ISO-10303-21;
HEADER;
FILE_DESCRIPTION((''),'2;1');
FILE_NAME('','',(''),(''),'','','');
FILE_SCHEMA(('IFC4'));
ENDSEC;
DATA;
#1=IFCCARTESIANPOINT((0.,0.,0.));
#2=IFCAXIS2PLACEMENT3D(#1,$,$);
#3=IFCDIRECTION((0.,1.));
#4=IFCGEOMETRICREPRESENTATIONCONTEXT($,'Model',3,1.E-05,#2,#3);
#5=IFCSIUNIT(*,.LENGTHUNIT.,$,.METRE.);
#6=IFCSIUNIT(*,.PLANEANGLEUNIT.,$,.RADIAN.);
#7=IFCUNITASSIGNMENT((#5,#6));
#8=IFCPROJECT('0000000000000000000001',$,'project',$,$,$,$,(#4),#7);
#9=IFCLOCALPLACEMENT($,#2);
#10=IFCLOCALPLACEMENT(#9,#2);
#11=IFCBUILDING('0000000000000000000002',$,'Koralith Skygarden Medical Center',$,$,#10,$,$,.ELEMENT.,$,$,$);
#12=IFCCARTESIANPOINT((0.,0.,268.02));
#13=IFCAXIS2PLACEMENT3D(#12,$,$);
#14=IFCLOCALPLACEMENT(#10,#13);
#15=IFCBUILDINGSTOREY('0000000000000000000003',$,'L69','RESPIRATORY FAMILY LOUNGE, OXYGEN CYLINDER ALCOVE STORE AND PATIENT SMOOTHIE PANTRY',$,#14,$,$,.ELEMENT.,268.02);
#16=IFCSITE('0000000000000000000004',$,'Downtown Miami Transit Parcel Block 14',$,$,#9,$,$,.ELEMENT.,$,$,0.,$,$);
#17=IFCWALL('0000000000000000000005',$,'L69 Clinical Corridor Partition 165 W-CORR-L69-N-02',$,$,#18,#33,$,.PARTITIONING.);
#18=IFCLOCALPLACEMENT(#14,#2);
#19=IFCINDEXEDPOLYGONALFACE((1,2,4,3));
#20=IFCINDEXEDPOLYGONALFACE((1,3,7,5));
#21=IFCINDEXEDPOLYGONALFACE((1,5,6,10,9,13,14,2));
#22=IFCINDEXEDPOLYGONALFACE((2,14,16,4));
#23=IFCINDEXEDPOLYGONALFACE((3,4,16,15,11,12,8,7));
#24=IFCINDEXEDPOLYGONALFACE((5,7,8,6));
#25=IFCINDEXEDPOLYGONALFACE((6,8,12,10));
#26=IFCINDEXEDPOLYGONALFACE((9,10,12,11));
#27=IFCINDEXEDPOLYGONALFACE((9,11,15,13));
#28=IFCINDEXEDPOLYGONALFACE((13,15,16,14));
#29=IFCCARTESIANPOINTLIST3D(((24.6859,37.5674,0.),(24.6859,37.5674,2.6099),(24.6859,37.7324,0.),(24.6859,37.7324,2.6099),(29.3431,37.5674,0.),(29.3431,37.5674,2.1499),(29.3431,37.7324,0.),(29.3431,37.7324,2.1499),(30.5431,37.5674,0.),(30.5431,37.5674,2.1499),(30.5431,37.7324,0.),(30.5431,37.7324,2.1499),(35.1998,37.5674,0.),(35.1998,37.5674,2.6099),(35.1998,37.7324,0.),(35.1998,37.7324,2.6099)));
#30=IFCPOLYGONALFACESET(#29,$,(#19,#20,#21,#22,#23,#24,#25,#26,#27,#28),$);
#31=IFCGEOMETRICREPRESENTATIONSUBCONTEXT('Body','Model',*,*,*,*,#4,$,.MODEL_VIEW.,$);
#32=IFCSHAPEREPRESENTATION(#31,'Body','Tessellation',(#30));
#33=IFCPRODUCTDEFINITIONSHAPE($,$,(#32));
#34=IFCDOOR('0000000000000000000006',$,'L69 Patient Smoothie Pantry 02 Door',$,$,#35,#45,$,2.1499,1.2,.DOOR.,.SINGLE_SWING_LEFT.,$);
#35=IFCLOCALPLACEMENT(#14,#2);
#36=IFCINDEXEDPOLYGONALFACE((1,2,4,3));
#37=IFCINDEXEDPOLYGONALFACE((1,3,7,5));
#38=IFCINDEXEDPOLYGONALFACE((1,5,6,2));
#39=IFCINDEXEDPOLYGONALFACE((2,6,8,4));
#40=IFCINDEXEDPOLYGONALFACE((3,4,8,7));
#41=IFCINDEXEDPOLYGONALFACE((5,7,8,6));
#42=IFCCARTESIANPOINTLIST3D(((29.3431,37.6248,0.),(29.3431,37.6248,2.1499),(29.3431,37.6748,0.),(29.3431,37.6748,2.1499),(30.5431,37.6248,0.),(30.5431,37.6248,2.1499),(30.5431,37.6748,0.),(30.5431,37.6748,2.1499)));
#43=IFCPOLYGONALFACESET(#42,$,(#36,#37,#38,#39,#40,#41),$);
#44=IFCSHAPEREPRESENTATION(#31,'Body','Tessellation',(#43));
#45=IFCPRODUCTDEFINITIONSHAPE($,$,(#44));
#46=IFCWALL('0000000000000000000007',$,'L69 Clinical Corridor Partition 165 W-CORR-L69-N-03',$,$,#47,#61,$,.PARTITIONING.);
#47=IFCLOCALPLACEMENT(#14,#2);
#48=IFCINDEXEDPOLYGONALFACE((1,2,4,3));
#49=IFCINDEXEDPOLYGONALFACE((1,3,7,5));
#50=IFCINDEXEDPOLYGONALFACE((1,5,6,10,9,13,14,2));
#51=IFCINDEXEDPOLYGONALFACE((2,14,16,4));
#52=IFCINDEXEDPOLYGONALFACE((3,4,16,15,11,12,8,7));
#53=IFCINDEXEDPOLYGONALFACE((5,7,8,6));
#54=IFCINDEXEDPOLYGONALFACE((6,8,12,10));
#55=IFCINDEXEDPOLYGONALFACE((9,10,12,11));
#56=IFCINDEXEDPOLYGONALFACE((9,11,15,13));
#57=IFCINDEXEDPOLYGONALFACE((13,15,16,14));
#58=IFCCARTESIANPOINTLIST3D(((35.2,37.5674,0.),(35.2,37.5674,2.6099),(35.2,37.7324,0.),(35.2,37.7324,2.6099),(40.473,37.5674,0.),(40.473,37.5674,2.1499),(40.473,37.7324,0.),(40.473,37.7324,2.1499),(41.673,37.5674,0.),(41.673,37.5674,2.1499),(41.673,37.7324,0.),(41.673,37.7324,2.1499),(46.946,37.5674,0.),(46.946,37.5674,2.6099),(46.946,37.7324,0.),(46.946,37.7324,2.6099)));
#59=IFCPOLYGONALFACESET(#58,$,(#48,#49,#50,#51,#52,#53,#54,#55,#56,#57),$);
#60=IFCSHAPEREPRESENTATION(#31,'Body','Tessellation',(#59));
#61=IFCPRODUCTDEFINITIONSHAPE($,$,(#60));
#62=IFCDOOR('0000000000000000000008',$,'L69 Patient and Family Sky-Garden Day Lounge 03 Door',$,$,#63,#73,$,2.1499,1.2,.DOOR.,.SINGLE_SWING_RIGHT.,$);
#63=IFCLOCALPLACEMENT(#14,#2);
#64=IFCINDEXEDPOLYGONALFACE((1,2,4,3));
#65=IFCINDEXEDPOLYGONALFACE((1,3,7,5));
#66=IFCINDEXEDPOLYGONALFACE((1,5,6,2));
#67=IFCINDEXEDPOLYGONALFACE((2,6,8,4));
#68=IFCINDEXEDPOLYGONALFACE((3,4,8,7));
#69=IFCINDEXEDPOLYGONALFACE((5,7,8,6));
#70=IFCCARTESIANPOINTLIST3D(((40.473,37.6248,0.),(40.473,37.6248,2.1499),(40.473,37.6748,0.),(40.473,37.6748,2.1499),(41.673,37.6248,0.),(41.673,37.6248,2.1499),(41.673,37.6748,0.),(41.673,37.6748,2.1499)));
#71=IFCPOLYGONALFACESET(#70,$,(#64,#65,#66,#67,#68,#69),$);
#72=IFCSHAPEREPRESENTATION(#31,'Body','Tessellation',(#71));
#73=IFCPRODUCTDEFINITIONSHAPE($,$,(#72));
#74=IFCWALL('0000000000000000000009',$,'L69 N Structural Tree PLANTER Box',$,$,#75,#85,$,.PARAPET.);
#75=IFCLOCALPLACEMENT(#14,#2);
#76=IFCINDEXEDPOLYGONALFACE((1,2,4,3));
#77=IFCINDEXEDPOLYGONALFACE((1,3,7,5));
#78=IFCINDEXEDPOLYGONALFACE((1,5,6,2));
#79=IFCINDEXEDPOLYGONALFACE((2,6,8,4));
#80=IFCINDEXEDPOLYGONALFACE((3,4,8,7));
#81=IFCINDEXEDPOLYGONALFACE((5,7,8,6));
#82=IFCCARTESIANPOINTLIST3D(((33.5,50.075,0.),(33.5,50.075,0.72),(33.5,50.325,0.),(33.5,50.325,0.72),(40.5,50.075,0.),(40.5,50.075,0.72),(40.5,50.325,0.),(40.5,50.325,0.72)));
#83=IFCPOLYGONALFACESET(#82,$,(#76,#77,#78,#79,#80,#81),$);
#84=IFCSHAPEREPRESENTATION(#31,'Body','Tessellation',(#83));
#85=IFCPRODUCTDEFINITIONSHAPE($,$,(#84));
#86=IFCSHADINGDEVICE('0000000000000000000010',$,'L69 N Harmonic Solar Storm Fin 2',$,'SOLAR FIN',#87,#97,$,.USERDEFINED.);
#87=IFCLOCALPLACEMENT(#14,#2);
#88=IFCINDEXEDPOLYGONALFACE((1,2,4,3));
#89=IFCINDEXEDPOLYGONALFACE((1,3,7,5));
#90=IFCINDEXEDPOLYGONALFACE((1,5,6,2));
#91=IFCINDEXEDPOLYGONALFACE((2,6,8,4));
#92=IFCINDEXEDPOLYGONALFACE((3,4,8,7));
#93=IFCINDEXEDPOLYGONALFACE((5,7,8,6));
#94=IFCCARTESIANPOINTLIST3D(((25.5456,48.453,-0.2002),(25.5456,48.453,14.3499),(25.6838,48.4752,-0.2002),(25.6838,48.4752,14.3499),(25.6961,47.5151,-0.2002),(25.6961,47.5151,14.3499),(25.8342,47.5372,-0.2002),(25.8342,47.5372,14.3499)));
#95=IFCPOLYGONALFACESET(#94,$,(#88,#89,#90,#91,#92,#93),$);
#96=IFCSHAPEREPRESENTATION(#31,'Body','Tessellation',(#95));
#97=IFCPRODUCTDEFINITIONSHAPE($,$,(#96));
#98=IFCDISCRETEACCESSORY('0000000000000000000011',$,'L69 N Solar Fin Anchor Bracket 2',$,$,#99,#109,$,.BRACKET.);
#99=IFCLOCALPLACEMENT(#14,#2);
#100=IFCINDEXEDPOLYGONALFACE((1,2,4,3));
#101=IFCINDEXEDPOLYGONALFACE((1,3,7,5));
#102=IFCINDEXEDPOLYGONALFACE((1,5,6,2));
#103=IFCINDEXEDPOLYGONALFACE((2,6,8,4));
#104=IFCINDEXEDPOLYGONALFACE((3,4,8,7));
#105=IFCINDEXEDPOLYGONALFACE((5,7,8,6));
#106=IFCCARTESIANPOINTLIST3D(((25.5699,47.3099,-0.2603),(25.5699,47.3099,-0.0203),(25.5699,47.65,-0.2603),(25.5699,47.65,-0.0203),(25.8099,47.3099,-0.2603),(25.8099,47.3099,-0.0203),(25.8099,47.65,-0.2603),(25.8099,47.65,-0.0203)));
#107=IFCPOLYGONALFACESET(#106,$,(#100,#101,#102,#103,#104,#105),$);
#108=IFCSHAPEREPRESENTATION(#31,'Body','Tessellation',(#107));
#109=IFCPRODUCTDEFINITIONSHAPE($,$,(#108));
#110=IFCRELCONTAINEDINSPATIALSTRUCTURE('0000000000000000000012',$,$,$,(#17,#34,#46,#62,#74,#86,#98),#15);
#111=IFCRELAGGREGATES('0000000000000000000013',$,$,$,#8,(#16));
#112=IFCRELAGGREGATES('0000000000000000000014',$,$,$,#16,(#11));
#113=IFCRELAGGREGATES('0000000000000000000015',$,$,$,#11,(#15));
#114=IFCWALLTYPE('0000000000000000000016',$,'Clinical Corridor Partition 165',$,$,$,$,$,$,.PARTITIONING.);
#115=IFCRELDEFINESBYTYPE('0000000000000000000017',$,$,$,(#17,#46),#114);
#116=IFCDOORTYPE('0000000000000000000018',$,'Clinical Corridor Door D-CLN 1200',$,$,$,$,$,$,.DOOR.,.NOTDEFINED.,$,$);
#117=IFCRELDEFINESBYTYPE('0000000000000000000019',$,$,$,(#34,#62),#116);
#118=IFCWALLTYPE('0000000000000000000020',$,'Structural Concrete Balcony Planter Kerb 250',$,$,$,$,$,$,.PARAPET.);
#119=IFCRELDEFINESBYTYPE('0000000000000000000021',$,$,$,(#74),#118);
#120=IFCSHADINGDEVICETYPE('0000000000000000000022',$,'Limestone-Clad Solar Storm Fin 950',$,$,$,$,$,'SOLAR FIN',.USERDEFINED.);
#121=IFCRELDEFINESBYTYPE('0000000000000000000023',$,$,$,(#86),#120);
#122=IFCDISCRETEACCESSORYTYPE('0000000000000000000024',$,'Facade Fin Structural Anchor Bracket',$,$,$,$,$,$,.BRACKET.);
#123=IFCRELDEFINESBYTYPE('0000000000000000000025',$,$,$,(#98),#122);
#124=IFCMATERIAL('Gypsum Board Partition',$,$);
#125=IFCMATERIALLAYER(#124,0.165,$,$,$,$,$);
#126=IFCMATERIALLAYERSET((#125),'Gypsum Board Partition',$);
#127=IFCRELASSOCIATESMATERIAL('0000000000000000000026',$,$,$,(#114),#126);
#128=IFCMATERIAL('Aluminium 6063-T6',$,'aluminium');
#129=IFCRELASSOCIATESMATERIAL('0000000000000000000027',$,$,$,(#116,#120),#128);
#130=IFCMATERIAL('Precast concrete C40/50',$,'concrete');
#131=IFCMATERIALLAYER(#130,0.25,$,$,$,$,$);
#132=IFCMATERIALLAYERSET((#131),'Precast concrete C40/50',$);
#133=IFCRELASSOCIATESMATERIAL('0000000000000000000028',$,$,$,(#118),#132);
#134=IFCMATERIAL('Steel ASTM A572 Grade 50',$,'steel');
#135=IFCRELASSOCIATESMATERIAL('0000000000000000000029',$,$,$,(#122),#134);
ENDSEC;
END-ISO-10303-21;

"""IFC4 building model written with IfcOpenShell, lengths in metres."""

from ifc_helpers import new_model, si_unit, direction, frame, frame_2d, origin, origin_2d, place, context, subcontext, project, spatial, rectangle, extrude, material, layer, layer_set, type_object, element, fill, save


model = new_model("IFC4")

# Units and contexts
model_context = context("Model", 3, precision=1e-05, world=origin(), true_north=direction((0.0, 1.0)))
body_context = subcontext(model_context, "Body", "Model", "MODEL_VIEW")
ifc_project = project(units=[si_unit("LENGTHUNIT", "METRE"), si_unit("PLANEANGLEUNIT", "RADIAN")], contexts=[model_context])

# Site, building, storey
site_placement = place(None, origin())
site = spatial("IfcSite", under=ifc_project, at=site_placement, Name="Downtown Miami Transit Parcel Block 14", CompositionType="ELEMENT", RefElevation=0.0)
building_placement = place(site_placement, origin())
building = spatial("IfcBuilding", under=site, at=building_placement, Name="Koralith Skygarden Medical Center", CompositionType="ELEMENT")
storey_placement = place(building_placement, frame((0.0, 0.0, 268.02)))
storey = spatial("IfcBuildingStorey", under=building, at=storey_placement, Name="L69", Description="RESPIRATORY FAMILY LOUNGE, OXYGEN CYLINDER ALCOVE STORE AND PATIENT SMOOTHIE PANTRY", CompositionType="ELEMENT", Elevation=268.02)

# Shared definitions
ifc_material_1 = material(Name="Aluminium 6063-T6", Category="aluminium")

# Shared definitions
ifc_material_2 = material(Name="Gypsum Board Partition")

# Walls, openings, doors
ifc_layer_1 = layer(ifc_material_2, 0.165)
ifc_layer_set_1 = layer_set([ifc_layer_1], Name="Gypsum Board Partition")
wall_type_1 = type_object("IfcWallType", Name="Clinical Corridor Partition 165", PredefinedType="PARTITIONING", material=ifc_layer_set_1)
door_type = type_object("IfcDoorType", Name="Clinical Corridor Door D-CLN 1200", OperationType="NOTDEFINED", PredefinedType="DOOR", material=ifc_material_1)
wall_1_placement = place(storey_placement, frame((24.686, 37.6499, 0.0), z_axis=(0.0, 0.0, 1.0), x_axis=(1.0, 0.0, 0.0)))
wall_1 = element("IfcWall", 1, at=wall_1_placement, inside=storey, type_object=wall_type_1, Name="L69 Clinical Corridor Partition 165 W-CORR-L69-N-02", PredefinedType="PARTITIONING", context=body_context, shape_type="SweptSolid", body=[
    extrude(rectangle(XDim=10.5139, YDim=0.165, at=frame_2d((5.2568, 0.0))), origin(), (0.0, 0.0, 1.0), 2.6099),
])
opening_1_placement = place(wall_1_placement, frame((4.657, 0.0, 0.0)))
opening_1 = element("IfcOpeningElement", 2, at=opening_1_placement, cuts=wall_1, PredefinedType="OPENING", context=body_context, shape_type="SweptSolid", body=[
    extrude(rectangle(XDim=1.2, YDim=2.1499, at=frame_2d((0.6001, 1.075))), frame((0.0, 0.0925, 0.0), z_axis=(0.0, -1.0, 0.0), x_axis=(1.0, 0.0, 0.0)), (0.0, 0.0, 1.0), 0.1851),
])
door_1_placement = place(opening_1_placement, origin())
door_1 = element("IfcDoor", 3, at=door_1_placement, inside=storey, type_object=door_type, Name="L69 Patient Smoothie Pantry 02 Door", OperationType="SINGLE_SWING_LEFT", OverallHeight=2.1499, OverallWidth=1.2, PredefinedType="DOOR", context=body_context, shape_type="SweptSolid", body=[
    extrude(rectangle(XDim=1.2, YDim=2.1499, at=frame_2d((0.6001, 1.075))), frame((0.0, 0.0249, 0.0), z_axis=(0.0, -1.0, 0.0), x_axis=(1.0, 0.0, 0.0)), (0.0, 0.0, 1.0), 0.05),
])
fill(opening_1, door_1)
wall_2_placement = place(storey_placement, frame((35.2, 37.6499, 0.0), z_axis=(0.0, 0.0, 1.0), x_axis=(1.0, 0.0, 0.0)))
wall_2 = element("IfcWall", 4, at=wall_2_placement, inside=storey, type_object=wall_type_1, Name="L69 Clinical Corridor Partition 165 W-CORR-L69-N-03", PredefinedType="PARTITIONING", context=body_context, shape_type="SweptSolid", body=[
    extrude(rectangle(XDim=11.7461, YDim=0.165, at=frame_2d((5.873, 0.0))), origin(), (0.0, 0.0, 1.0), 2.6099),
])
opening_2_placement = place(wall_2_placement, frame((5.2729, 0.0, 0.0)))
opening_2 = element("IfcOpeningElement", 5, at=opening_2_placement, cuts=wall_2, PredefinedType="OPENING", context=body_context, shape_type="SweptSolid", body=[
    extrude(rectangle(XDim=1.2, YDim=2.1499, at=frame_2d((0.6001, 1.075))), frame((0.0, 0.0925, 0.0), z_axis=(0.0, -1.0, 0.0), x_axis=(1.0, 0.0, 0.0)), (0.0, 0.0, 1.0), 0.1851),
])
door_2_placement = place(opening_2_placement, origin())
door_2 = element("IfcDoor", 6, at=door_2_placement, inside=storey, type_object=door_type, Name="L69 Patient and Family Sky-Garden Day Lounge 03 Door", OperationType="SINGLE_SWING_RIGHT", OverallHeight=2.1499, OverallWidth=1.2, PredefinedType="DOOR", context=body_context, shape_type="SweptSolid", body=[
    extrude(rectangle(XDim=1.2, YDim=2.1499, at=frame_2d((0.6001, 1.075))), frame((0.0, 0.0249, 0.0), z_axis=(0.0, -1.0, 0.0), x_axis=(1.0, 0.0, 0.0)), (0.0, 0.0, 1.0), 0.05),
])
fill(opening_2, door_2)

# Wall
ifc_material_3 = material(Name="Precast concrete C40/50", Category="concrete")
ifc_layer_2 = layer(ifc_material_3, 0.25)
ifc_layer_set_2 = layer_set([ifc_layer_2], Name="Precast concrete C40/50")
wall_type_2 = type_object("IfcWallType", Name="Structural Concrete Balcony Planter Kerb 250", PredefinedType="PARAPET", material=ifc_layer_set_2)
wall_3_placement = place(storey_placement, frame((33.5, 50.2, 0.0), z_axis=(0.0, 0.0, 1.0), x_axis=(1.0, 0.0, 0.0)))
element("IfcWall", 7, at=wall_3_placement, inside=storey, type_object=wall_type_2, Name="L69 N Structural Tree PLANTER Box", PredefinedType="PARAPET", context=body_context, shape_type="SweptSolid", body=[
    extrude(rectangle(XDim=7.0, YDim=0.25, at=frame_2d((3.5, 0.0))), origin(), (0.0, 0.0, 1.0), 0.72),
])

# Shading device
shading_device_type = type_object("IfcShadingDeviceType", Name="Limestone-Clad Solar Storm Fin 950", ElementType="SOLAR FIN", PredefinedType="USERDEFINED", material=ifc_material_1)
shading_device_placement = place(storey_placement, frame((25.6899, 47.9951, -0.2002), z_axis=(0.0, 0.0, 1.0), x_axis=(-0.158399, 0.987375, 0.0)))
element("IfcShadingDevice", 8, at=shading_device_placement, inside=storey, type_object=shading_device_type, Name="L69 N Harmonic Solar Storm Fin 2", ObjectType="SOLAR FIN", PredefinedType="USERDEFINED", context=body_context, shape_type="SweptSolid", body=[
    extrude(rectangle(XDim=0.95, YDim=0.1399, at=origin_2d()), origin(), (0.0, 0.0, 1.0), 14.55),
])

# Discrete accessory
ifc_material_4 = material(Name="Steel ASTM A572 Grade 50", Category="steel")
discrete_accessory_type = type_object("IfcDiscreteAccessoryType", Name="Facade Fin Structural Anchor Bracket", PredefinedType="BRACKET", material=ifc_material_4)
discrete_accessory_placement = place(storey_placement, frame((25.6899, 47.48, -0.2603), z_axis=(0.0, 0.0, 1.0), x_axis=(0.0, 1.0, 0.0)))
element("IfcDiscreteAccessory", 9, at=discrete_accessory_placement, inside=storey, type_object=discrete_accessory_type, Name="L69 N Solar Fin Anchor Bracket 2", PredefinedType="BRACKET", context=body_context, shape_type="SweptSolid", body=[
    extrude(rectangle(XDim=0.3401, YDim=0.24, at=origin_2d()), origin(), (0.0, 0.0, 1.0), 0.24),
])

save(model, "model.ifc")
